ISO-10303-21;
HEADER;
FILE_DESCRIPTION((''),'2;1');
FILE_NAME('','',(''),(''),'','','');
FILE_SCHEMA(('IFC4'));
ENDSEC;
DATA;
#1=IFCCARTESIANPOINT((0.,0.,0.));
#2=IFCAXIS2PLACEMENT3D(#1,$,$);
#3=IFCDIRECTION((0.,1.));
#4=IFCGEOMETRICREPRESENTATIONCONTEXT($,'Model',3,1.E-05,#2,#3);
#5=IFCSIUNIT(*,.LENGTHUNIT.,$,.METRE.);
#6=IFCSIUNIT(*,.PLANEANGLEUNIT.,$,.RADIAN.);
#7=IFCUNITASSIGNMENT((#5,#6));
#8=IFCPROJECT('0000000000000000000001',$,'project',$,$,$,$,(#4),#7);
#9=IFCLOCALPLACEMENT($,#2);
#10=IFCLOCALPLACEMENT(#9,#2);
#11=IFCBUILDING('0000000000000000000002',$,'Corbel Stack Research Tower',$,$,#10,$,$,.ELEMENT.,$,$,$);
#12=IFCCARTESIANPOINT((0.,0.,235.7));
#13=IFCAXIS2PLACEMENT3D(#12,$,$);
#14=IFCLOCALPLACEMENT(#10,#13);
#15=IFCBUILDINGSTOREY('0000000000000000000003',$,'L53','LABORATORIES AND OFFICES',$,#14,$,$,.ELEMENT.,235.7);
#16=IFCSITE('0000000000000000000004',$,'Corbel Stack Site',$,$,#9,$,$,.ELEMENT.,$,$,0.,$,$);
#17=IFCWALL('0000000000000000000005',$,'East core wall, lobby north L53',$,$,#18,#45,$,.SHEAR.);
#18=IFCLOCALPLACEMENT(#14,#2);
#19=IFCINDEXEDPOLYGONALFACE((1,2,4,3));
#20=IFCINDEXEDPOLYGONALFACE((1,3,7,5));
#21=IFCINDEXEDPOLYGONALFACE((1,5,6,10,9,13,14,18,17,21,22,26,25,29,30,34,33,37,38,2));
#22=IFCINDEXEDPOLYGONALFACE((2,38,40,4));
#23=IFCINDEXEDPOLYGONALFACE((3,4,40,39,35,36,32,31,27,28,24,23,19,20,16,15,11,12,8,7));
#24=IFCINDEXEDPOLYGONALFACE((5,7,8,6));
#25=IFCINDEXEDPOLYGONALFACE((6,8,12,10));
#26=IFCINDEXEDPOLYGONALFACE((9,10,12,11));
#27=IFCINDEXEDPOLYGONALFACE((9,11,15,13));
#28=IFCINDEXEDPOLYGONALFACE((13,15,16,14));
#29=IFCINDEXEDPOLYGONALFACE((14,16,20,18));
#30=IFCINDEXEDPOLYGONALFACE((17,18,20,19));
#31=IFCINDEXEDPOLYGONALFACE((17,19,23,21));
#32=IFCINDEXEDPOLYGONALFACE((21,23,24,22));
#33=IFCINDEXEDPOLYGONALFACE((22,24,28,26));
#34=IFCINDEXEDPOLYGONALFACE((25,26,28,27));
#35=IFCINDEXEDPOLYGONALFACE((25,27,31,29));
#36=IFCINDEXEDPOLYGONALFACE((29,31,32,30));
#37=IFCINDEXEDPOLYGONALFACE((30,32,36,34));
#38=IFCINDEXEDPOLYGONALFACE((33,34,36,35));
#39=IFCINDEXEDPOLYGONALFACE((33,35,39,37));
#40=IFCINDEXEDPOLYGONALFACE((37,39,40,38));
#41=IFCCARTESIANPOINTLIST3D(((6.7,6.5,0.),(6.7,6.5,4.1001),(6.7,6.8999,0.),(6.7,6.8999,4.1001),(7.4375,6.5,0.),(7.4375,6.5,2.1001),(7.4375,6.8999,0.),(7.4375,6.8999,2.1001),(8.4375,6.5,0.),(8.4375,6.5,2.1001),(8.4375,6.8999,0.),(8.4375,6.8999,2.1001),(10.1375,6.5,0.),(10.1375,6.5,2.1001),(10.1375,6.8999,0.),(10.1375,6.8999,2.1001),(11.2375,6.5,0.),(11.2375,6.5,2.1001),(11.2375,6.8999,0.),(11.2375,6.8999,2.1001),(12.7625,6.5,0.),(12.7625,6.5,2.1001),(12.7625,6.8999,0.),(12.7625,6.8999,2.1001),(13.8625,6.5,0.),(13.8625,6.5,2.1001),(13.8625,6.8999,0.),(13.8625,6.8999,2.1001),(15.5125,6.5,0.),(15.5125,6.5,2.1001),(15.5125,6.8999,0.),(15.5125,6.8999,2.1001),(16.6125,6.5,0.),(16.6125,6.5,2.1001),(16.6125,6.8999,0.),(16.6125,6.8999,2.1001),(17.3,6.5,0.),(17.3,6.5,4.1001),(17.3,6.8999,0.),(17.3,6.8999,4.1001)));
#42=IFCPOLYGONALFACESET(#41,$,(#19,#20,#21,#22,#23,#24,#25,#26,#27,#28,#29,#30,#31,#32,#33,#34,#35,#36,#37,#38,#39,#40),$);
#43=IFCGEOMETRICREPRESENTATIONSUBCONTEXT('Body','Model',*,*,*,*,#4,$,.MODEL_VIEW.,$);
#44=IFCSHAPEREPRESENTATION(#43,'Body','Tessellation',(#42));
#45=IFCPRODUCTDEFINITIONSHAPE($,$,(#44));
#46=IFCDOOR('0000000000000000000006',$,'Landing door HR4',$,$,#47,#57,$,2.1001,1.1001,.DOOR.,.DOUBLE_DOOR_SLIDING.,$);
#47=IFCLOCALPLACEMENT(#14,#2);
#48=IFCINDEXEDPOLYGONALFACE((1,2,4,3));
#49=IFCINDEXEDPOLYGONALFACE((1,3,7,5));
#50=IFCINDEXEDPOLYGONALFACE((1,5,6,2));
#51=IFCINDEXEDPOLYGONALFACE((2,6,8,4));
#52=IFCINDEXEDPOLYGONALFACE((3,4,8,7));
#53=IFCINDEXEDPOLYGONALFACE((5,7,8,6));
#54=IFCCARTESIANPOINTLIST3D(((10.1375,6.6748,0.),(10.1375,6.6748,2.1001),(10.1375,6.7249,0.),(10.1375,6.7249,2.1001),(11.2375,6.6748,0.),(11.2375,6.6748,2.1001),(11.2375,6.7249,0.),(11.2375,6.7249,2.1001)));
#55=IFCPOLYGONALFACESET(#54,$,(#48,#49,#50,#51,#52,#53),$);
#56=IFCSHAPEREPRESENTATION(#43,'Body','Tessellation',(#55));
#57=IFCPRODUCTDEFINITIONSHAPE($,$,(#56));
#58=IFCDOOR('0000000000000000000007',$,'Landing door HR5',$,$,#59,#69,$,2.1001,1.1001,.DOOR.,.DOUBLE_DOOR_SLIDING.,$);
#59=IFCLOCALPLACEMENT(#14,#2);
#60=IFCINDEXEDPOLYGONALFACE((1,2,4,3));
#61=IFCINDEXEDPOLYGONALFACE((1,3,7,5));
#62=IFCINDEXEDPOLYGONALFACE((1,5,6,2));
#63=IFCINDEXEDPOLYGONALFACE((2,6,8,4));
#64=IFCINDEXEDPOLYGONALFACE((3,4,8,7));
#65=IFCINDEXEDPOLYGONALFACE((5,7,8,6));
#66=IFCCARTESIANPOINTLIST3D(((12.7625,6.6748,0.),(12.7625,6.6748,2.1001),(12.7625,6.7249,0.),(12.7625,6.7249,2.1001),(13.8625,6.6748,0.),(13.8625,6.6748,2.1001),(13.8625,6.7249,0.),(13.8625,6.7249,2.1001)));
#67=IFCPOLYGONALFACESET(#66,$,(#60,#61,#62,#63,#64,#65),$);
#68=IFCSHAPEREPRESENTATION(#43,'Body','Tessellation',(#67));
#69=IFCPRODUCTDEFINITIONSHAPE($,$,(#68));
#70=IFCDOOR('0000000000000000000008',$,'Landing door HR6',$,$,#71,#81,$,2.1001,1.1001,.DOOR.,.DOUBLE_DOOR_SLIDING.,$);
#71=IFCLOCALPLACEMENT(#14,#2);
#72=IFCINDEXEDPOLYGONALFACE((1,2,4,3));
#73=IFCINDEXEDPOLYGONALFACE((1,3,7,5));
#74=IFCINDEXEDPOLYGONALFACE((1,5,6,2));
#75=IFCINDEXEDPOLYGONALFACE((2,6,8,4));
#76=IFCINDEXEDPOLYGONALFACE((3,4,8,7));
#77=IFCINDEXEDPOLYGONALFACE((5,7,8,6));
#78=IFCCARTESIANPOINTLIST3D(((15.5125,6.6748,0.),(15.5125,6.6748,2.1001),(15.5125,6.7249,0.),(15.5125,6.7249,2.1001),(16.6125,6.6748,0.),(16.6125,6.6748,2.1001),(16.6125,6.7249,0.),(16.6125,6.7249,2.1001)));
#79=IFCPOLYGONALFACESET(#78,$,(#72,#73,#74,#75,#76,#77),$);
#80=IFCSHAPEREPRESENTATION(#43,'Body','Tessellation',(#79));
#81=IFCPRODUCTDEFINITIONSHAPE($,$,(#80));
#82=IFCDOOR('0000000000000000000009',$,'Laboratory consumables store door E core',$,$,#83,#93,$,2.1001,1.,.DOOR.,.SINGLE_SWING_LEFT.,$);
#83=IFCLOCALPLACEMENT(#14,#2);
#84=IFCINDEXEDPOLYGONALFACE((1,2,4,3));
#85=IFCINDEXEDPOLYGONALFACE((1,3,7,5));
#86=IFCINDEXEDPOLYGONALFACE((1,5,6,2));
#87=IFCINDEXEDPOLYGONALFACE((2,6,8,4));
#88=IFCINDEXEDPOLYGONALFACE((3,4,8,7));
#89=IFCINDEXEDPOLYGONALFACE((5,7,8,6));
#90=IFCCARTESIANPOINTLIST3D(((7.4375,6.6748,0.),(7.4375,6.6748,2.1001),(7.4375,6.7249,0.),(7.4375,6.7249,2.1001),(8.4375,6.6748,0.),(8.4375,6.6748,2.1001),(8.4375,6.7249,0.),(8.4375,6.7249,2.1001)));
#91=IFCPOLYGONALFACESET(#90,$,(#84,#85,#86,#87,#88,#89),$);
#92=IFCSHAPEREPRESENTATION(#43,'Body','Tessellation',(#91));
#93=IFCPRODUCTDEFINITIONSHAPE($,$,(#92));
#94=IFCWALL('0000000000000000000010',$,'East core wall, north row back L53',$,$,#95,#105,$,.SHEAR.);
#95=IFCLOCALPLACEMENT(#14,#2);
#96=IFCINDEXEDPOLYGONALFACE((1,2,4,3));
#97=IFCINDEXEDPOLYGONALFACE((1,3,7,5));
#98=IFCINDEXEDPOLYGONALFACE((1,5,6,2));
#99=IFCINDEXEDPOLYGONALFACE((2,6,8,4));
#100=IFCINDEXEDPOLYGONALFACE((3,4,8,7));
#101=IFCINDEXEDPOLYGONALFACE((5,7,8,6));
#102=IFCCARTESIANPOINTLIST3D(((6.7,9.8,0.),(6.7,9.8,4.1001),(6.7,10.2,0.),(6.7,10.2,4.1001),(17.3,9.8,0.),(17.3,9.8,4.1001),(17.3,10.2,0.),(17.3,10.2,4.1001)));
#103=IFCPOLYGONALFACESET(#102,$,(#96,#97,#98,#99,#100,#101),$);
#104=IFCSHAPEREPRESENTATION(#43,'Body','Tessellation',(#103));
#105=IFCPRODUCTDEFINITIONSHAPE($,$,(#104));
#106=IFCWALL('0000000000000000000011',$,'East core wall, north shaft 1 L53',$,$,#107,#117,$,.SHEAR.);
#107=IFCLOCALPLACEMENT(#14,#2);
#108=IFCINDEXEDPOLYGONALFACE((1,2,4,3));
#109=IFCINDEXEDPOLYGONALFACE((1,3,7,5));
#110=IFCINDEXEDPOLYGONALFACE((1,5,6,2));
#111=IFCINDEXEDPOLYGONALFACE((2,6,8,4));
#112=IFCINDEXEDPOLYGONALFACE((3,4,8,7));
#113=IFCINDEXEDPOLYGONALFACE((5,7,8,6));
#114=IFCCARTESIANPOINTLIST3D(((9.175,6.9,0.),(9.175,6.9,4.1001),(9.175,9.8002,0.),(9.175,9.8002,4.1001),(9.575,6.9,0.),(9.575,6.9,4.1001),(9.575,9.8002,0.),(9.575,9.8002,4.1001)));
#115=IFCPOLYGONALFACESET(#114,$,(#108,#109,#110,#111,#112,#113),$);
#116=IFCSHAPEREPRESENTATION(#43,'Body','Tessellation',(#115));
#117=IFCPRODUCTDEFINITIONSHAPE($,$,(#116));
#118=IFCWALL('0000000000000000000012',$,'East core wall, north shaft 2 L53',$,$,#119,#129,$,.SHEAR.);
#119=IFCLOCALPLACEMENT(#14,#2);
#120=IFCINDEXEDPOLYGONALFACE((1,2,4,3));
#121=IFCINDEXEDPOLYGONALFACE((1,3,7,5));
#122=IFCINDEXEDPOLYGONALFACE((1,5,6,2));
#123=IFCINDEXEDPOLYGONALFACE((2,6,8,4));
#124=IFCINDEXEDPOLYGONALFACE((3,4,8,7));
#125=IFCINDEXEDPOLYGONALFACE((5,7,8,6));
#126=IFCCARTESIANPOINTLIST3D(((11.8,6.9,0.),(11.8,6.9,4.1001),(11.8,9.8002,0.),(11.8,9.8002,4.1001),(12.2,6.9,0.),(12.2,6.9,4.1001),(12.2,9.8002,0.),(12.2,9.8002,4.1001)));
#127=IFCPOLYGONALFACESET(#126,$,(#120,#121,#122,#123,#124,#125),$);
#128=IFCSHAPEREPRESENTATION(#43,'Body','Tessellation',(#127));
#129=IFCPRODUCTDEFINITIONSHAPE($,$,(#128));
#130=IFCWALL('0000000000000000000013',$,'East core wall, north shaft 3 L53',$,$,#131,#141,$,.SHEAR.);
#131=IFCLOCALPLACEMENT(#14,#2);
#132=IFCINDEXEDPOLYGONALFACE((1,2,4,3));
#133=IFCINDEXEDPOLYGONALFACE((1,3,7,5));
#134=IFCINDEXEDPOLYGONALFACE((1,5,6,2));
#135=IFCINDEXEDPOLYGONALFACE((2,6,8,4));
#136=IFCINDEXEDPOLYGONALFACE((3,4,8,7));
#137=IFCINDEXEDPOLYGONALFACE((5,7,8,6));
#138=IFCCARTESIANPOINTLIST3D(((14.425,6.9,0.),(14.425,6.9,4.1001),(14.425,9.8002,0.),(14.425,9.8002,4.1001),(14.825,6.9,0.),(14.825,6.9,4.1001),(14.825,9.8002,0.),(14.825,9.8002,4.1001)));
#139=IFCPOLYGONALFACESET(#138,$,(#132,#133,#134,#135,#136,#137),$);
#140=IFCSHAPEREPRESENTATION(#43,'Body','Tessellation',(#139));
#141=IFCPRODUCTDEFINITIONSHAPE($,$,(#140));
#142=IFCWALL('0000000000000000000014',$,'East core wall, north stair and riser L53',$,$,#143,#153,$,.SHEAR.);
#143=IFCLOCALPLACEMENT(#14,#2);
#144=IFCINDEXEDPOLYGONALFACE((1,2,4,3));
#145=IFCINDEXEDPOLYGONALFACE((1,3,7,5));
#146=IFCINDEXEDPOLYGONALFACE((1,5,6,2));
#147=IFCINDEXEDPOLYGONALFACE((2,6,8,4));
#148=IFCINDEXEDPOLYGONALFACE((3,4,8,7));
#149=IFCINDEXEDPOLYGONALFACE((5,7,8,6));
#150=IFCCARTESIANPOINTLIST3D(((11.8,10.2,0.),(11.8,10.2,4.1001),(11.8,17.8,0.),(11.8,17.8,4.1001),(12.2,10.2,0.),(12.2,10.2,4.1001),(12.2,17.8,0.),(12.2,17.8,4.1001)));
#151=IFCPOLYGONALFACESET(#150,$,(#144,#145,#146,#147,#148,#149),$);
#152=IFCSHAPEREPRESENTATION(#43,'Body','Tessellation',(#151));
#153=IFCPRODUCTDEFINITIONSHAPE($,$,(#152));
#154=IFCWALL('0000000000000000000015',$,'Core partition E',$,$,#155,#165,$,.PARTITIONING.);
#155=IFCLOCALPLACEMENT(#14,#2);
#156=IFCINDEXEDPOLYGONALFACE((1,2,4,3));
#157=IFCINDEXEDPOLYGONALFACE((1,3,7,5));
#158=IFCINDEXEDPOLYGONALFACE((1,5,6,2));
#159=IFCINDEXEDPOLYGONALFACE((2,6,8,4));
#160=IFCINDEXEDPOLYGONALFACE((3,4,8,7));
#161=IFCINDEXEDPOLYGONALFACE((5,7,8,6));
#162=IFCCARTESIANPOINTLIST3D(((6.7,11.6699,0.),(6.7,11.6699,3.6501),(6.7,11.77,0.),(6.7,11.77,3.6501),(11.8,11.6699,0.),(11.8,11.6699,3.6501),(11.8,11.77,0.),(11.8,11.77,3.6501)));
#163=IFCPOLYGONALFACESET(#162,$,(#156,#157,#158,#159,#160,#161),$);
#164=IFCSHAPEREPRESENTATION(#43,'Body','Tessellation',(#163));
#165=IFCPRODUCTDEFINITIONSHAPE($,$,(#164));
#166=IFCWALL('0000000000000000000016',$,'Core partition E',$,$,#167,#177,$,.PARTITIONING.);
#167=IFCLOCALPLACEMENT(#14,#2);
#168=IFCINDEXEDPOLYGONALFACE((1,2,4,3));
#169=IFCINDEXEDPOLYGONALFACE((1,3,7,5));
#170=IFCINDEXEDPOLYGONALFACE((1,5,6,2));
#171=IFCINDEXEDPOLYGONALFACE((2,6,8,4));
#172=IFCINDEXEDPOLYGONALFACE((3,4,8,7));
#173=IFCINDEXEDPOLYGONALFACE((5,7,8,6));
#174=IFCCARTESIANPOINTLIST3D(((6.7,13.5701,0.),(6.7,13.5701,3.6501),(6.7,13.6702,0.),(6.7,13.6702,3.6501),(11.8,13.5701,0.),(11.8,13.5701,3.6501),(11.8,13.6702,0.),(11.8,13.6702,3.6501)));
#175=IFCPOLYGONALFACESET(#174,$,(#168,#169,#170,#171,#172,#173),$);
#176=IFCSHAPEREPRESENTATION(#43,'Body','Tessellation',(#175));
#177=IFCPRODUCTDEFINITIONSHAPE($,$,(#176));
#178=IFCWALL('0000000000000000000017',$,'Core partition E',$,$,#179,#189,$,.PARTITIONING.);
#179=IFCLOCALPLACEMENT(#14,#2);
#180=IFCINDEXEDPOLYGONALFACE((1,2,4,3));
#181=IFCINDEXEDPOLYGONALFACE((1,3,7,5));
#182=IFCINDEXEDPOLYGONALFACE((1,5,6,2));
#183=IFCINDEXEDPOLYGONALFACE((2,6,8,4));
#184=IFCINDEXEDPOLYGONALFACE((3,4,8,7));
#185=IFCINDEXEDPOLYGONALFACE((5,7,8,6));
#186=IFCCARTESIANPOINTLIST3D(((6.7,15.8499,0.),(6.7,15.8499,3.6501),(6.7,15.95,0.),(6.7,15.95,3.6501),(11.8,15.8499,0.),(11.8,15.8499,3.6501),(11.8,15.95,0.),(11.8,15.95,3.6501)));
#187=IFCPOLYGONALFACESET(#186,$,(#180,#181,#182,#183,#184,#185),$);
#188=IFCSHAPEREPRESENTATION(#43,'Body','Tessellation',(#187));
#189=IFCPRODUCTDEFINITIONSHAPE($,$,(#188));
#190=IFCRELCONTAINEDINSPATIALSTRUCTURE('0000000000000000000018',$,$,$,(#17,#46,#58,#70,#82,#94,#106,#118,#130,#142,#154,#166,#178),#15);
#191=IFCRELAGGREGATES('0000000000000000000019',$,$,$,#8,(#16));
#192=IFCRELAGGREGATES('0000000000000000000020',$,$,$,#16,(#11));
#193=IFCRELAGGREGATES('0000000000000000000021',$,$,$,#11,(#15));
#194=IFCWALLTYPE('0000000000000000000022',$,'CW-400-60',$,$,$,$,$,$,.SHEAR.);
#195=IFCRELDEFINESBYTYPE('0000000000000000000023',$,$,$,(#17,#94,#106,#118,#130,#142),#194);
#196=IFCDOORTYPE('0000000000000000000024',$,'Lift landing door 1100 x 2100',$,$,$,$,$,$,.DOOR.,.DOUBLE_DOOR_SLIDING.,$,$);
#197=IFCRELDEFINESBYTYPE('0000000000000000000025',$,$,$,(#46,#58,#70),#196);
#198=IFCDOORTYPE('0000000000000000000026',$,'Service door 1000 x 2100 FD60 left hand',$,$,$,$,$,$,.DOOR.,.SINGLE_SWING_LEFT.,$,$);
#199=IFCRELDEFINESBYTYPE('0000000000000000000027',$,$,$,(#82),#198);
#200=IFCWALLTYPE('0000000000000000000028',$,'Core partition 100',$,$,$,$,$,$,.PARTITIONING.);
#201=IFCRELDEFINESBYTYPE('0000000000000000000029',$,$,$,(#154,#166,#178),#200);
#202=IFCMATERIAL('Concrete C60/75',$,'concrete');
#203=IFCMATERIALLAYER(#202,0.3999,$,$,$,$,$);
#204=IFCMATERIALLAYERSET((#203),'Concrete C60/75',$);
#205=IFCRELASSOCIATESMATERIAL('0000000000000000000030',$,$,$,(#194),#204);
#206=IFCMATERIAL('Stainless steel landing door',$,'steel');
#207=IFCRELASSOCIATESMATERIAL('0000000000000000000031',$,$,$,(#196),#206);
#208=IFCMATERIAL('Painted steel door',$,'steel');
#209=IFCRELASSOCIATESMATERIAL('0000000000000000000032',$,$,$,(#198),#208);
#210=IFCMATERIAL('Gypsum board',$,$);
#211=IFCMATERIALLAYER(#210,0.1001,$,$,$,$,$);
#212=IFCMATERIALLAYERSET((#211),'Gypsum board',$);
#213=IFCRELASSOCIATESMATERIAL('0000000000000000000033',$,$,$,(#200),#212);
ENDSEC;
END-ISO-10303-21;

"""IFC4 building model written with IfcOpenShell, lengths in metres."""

from ifc_helpers import new_model, si_unit, direction, frame, frame_2d, origin, place, context, subcontext, project, spatial, rectangle, extrude, material, layer, layer_set, type_object, element, fill, save


model = new_model("IFC4")

# Units and contexts
model_context = context("Model", 3, precision=1e-05, world=origin(), true_north=direction((0.0, 1.0)))
body_context = subcontext(model_context, "Body", "Model", "MODEL_VIEW")
ifc_project = project(units=[si_unit("LENGTHUNIT", "METRE"), si_unit("PLANEANGLEUNIT", "RADIAN")], contexts=[model_context])

# Site, building, storey
site_placement = place(None, origin())
site = spatial("IfcSite", under=ifc_project, at=site_placement, Name="Corbel Stack Site", CompositionType="ELEMENT", RefElevation=0.0)
building_placement = place(site_placement, origin())
building = spatial("IfcBuilding", under=site, at=building_placement, Name="Corbel Stack Research Tower", CompositionType="ELEMENT")
storey_placement = place(building_placement, frame((0.0, 0.0, 235.7)))
storey = spatial("IfcBuildingStorey", under=building, at=storey_placement, Name="L53", Description="LABORATORIES AND OFFICES", CompositionType="ELEMENT", Elevation=235.7)

# Wall, openings, doors
ifc_material_1 = material(Name="Concrete C60/75", Category="concrete")
ifc_layer_1 = layer(ifc_material_1, 0.3999)
ifc_layer_set_1 = layer_set([ifc_layer_1], Name="Concrete C60/75")
wall_type_1 = type_object("IfcWallType", Name="CW-400-60", PredefinedType="SHEAR", material=ifc_layer_set_1)
ifc_material_2 = material(Name="Stainless steel landing door", Category="steel")
door_type_1 = type_object("IfcDoorType", Name="Lift landing door 1100 x 2100", OperationType="DOUBLE_DOOR_SLIDING", PredefinedType="DOOR", material=ifc_material_2)
ifc_material_3 = material(Name="Painted steel door", Category="steel")
door_type_2 = type_object("IfcDoorType", Name="Service door 1000 x 2100 FD60 left hand", OperationType="SINGLE_SWING_LEFT", PredefinedType="DOOR", material=ifc_material_3)
wall_1_placement = place(storey_placement, frame((6.7, 6.7, 0.0), z_axis=(0.0, 0.0, 1.0), x_axis=(1.0, 0.0, 0.0)))
wall_1 = element("IfcWall", 1, at=wall_1_placement, inside=storey, type_object=wall_type_1, Name="East core wall, lobby north L53", PredefinedType="SHEAR", context=body_context, shape_type="SweptSolid", body=[
    extrude(rectangle(XDim=10.6001, YDim=0.3999, at=frame_2d((5.3, 0.0))), origin(), (0.0, 0.0, 1.0), 4.1001),
])
opening_1_placement = place(wall_1_placement, frame((3.4375, 0.0, 0.0)))
opening_1 = element("IfcOpeningElement", 2, at=opening_1_placement, cuts=wall_1, PredefinedType="OPENING", context=body_context, shape_type="SweptSolid", body=[
    extrude(rectangle(XDim=1.1001, YDim=2.1001, at=frame_2d((0.55, 1.05))), frame((0.0, 0.21, 0.0), z_axis=(0.0, -1.0, 0.0), x_axis=(1.0, 0.0, 0.0)), (0.0, 0.0, 1.0), 0.4199),
])
opening_2_placement = place(wall_1_placement, frame((6.0625, 0.0, 0.0)))
opening_2 = element("IfcOpeningElement", 3, at=opening_2_placement, cuts=wall_1, PredefinedType="OPENING", context=body_context, shape_type="SweptSolid", body=[
    extrude(rectangle(XDim=1.1001, YDim=2.1001, at=frame_2d((0.55, 1.05))), frame((0.0, 0.21, 0.0), z_axis=(0.0, -1.0, 0.0), x_axis=(1.0, 0.0, 0.0)), (0.0, 0.0, 1.0), 0.4199),
])
opening_3_placement = place(wall_1_placement, frame((8.8125, 0.0, 0.0)))
opening_3 = element("IfcOpeningElement", 4, at=opening_3_placement, cuts=wall_1, PredefinedType="OPENING", context=body_context, shape_type="SweptSolid", body=[
    extrude(rectangle(XDim=1.1001, YDim=2.1001, at=frame_2d((0.55, 1.05))), frame((0.0, 0.21, 0.0), z_axis=(0.0, -1.0, 0.0), x_axis=(1.0, 0.0, 0.0)), (0.0, 0.0, 1.0), 0.4199),
])
opening_4_placement = place(wall_1_placement, frame((0.7375, 0.0, 0.0)))
opening_4 = element("IfcOpeningElement", 5, at=opening_4_placement, cuts=wall_1, PredefinedType="OPENING", context=body_context, shape_type="SweptSolid", body=[
    extrude(rectangle(XDim=1.0, YDim=2.1001, at=frame_2d((0.5, 1.05))), frame((0.0, 0.21, 0.0), z_axis=(0.0, -1.0, 0.0), x_axis=(1.0, 0.0, 0.0)), (0.0, 0.0, 1.0), 0.4199),
])
door_1_placement = place(opening_1_placement, origin())
door_1 = element("IfcDoor", 6, at=door_1_placement, inside=storey, type_object=door_type_1, Name="Landing door HR4", OperationType="DOUBLE_DOOR_SLIDING", OverallHeight=2.1001, OverallWidth=1.1001, PredefinedType="DOOR", context=body_context, shape_type="SweptSolid", body=[
    extrude(rectangle(XDim=1.1001, YDim=2.1001, at=frame_2d((0.55, 1.05))), frame((0.0, 0.0249, 0.0), z_axis=(0.0, -1.0, 0.0), x_axis=(1.0, 0.0, 0.0)), (0.0, 0.0, 1.0), 0.05),
])
fill(opening_1, door_1)
door_2_placement = place(opening_2_placement, origin())
door_2 = element("IfcDoor", 7, at=door_2_placement, inside=storey, type_object=door_type_1, Name="Landing door HR5", OperationType="DOUBLE_DOOR_SLIDING", OverallHeight=2.1001, OverallWidth=1.1001, PredefinedType="DOOR", context=body_context, shape_type="SweptSolid", body=[
    extrude(rectangle(XDim=1.1001, YDim=2.1001, at=frame_2d((0.55, 1.05))), frame((0.0, 0.0249, 0.0), z_axis=(0.0, -1.0, 0.0), x_axis=(1.0, 0.0, 0.0)), (0.0, 0.0, 1.0), 0.05),
])
fill(opening_2, door_2)
door_3_placement = place(opening_3_placement, origin())
door_3 = element("IfcDoor", 8, at=door_3_placement, inside=storey, type_object=door_type_1, Name="Landing door HR6", OperationType="DOUBLE_DOOR_SLIDING", OverallHeight=2.1001, OverallWidth=1.1001, PredefinedType="DOOR", context=body_context, shape_type="SweptSolid", body=[
    extrude(rectangle(XDim=1.1001, YDim=2.1001, at=frame_2d((0.55, 1.05))), frame((0.0, 0.0249, 0.0), z_axis=(0.0, -1.0, 0.0), x_axis=(1.0, 0.0, 0.0)), (0.0, 0.0, 1.0), 0.05),
])
fill(opening_3, door_3)
door_4_placement = place(opening_4_placement, origin())
door_4 = element("IfcDoor", 9, at=door_4_placement, inside=storey, type_object=door_type_2, Name="Laboratory consumables store door E core", OperationType="SINGLE_SWING_LEFT", OverallHeight=2.1001, OverallWidth=1.0, PredefinedType="DOOR", context=body_context, shape_type="SweptSolid", body=[
    extrude(rectangle(XDim=1.0, YDim=2.1001, at=frame_2d((0.5, 1.05))), frame((0.0, 0.0249, 0.0), z_axis=(0.0, -1.0, 0.0), x_axis=(1.0, 0.0, 0.0)), (0.0, 0.0, 1.0), 0.05),
])
fill(opening_4, door_4)

# Walls
wall_2_placement = place(storey_placement, frame((6.7, 10.0, 0.0), z_axis=(0.0, 0.0, 1.0), x_axis=(1.0, 0.0, 0.0)))
element("IfcWall", 10, at=wall_2_placement, inside=storey, type_object=wall_type_1, Name="East core wall, north row back L53", PredefinedType="SHEAR", context=body_context, shape_type="SweptSolid", body=[
    extrude(rectangle(XDim=10.6001, YDim=0.3999, at=frame_2d((5.3, 0.0))), origin(), (0.0, 0.0, 1.0), 4.1001),
])
for number, where, z_axis, x_axis, name in (
    (11, (9.375, 6.8999, 0.0), (0.0, 0.0, 1.0), (0.0, 1.0, 0.0), "East core wall, north shaft 1 L53"),
    (12, (12.0, 6.8999, 0.0), (0.0, 0.0, 1.0), (0.0, 1.0, 0.0), "East core wall, north shaft 2 L53"),
    (13, (14.625, 6.8999, 0.0), (0.0, 0.0, 1.0), (0.0, 1.0, 0.0), "East core wall, north shaft 3 L53"),
):
    element("IfcWall", number, at=place(storey_placement, frame(where, z_axis=z_axis, x_axis=x_axis)), inside=storey, type_object=wall_type_1, Name=name, PredefinedType="SHEAR", context=body_context, shape_type="SweptSolid", body=[
        extrude(rectangle(XDim=2.9001, YDim=0.3999, at=frame_2d((1.4502, 0.0))), origin(), (0.0, 0.0, 1.0), 4.1001),
    ])
wall_3_placement = place(storey_placement, frame((12.0, 10.2, 0.0), z_axis=(0.0, 0.0, 1.0), x_axis=(0.0, 1.0, 0.0)))
element("IfcWall", 14, at=wall_3_placement, inside=storey, type_object=wall_type_1, Name="East core wall, north stair and riser L53", PredefinedType="SHEAR", context=body_context, shape_type="SweptSolid", body=[
    extrude(rectangle(XDim=7.6001, YDim=0.3999, at=frame_2d((3.8, 0.0))), origin(), (0.0, 0.0, 1.0), 4.1001),
])
ifc_material_4 = material(Name="Gypsum board")
ifc_layer_2 = layer(ifc_material_4, 0.1001)
ifc_layer_set_2 = layer_set([ifc_layer_2], Name="Gypsum board")
wall_type_2 = type_object("IfcWallType", Name="Core partition 100", PredefinedType="PARTITIONING", material=ifc_layer_set_2)
for number, where, z_axis, x_axis, name in (
    (15, (6.7, 11.72, 0.0), (0.0, 0.0, 1.0), (1.0, 0.0, 0.0), "Core partition E"),
    (16, (6.7, 13.6201, 0.0), (0.0, 0.0, 1.0), (1.0, 0.0, 0.0), "Core partition E"),
    (17, (6.7, 15.8999, 0.0), (0.0, 0.0, 1.0), (1.0, 0.0, 0.0), "Core partition E"),
):
    element("IfcWall", number, at=place(storey_placement, frame(where, z_axis=z_axis, x_axis=x_axis)), inside=storey, type_object=wall_type_2, Name=name, PredefinedType="PARTITIONING", context=body_context, shape_type="SweptSolid", body=[
        extrude(rectangle(XDim=5.1001, YDim=0.1001, at=frame_2d((2.55, 0.0))), origin(), (0.0, 0.0, 1.0), 3.6501),
    ])

save(model, "model.ifc")
